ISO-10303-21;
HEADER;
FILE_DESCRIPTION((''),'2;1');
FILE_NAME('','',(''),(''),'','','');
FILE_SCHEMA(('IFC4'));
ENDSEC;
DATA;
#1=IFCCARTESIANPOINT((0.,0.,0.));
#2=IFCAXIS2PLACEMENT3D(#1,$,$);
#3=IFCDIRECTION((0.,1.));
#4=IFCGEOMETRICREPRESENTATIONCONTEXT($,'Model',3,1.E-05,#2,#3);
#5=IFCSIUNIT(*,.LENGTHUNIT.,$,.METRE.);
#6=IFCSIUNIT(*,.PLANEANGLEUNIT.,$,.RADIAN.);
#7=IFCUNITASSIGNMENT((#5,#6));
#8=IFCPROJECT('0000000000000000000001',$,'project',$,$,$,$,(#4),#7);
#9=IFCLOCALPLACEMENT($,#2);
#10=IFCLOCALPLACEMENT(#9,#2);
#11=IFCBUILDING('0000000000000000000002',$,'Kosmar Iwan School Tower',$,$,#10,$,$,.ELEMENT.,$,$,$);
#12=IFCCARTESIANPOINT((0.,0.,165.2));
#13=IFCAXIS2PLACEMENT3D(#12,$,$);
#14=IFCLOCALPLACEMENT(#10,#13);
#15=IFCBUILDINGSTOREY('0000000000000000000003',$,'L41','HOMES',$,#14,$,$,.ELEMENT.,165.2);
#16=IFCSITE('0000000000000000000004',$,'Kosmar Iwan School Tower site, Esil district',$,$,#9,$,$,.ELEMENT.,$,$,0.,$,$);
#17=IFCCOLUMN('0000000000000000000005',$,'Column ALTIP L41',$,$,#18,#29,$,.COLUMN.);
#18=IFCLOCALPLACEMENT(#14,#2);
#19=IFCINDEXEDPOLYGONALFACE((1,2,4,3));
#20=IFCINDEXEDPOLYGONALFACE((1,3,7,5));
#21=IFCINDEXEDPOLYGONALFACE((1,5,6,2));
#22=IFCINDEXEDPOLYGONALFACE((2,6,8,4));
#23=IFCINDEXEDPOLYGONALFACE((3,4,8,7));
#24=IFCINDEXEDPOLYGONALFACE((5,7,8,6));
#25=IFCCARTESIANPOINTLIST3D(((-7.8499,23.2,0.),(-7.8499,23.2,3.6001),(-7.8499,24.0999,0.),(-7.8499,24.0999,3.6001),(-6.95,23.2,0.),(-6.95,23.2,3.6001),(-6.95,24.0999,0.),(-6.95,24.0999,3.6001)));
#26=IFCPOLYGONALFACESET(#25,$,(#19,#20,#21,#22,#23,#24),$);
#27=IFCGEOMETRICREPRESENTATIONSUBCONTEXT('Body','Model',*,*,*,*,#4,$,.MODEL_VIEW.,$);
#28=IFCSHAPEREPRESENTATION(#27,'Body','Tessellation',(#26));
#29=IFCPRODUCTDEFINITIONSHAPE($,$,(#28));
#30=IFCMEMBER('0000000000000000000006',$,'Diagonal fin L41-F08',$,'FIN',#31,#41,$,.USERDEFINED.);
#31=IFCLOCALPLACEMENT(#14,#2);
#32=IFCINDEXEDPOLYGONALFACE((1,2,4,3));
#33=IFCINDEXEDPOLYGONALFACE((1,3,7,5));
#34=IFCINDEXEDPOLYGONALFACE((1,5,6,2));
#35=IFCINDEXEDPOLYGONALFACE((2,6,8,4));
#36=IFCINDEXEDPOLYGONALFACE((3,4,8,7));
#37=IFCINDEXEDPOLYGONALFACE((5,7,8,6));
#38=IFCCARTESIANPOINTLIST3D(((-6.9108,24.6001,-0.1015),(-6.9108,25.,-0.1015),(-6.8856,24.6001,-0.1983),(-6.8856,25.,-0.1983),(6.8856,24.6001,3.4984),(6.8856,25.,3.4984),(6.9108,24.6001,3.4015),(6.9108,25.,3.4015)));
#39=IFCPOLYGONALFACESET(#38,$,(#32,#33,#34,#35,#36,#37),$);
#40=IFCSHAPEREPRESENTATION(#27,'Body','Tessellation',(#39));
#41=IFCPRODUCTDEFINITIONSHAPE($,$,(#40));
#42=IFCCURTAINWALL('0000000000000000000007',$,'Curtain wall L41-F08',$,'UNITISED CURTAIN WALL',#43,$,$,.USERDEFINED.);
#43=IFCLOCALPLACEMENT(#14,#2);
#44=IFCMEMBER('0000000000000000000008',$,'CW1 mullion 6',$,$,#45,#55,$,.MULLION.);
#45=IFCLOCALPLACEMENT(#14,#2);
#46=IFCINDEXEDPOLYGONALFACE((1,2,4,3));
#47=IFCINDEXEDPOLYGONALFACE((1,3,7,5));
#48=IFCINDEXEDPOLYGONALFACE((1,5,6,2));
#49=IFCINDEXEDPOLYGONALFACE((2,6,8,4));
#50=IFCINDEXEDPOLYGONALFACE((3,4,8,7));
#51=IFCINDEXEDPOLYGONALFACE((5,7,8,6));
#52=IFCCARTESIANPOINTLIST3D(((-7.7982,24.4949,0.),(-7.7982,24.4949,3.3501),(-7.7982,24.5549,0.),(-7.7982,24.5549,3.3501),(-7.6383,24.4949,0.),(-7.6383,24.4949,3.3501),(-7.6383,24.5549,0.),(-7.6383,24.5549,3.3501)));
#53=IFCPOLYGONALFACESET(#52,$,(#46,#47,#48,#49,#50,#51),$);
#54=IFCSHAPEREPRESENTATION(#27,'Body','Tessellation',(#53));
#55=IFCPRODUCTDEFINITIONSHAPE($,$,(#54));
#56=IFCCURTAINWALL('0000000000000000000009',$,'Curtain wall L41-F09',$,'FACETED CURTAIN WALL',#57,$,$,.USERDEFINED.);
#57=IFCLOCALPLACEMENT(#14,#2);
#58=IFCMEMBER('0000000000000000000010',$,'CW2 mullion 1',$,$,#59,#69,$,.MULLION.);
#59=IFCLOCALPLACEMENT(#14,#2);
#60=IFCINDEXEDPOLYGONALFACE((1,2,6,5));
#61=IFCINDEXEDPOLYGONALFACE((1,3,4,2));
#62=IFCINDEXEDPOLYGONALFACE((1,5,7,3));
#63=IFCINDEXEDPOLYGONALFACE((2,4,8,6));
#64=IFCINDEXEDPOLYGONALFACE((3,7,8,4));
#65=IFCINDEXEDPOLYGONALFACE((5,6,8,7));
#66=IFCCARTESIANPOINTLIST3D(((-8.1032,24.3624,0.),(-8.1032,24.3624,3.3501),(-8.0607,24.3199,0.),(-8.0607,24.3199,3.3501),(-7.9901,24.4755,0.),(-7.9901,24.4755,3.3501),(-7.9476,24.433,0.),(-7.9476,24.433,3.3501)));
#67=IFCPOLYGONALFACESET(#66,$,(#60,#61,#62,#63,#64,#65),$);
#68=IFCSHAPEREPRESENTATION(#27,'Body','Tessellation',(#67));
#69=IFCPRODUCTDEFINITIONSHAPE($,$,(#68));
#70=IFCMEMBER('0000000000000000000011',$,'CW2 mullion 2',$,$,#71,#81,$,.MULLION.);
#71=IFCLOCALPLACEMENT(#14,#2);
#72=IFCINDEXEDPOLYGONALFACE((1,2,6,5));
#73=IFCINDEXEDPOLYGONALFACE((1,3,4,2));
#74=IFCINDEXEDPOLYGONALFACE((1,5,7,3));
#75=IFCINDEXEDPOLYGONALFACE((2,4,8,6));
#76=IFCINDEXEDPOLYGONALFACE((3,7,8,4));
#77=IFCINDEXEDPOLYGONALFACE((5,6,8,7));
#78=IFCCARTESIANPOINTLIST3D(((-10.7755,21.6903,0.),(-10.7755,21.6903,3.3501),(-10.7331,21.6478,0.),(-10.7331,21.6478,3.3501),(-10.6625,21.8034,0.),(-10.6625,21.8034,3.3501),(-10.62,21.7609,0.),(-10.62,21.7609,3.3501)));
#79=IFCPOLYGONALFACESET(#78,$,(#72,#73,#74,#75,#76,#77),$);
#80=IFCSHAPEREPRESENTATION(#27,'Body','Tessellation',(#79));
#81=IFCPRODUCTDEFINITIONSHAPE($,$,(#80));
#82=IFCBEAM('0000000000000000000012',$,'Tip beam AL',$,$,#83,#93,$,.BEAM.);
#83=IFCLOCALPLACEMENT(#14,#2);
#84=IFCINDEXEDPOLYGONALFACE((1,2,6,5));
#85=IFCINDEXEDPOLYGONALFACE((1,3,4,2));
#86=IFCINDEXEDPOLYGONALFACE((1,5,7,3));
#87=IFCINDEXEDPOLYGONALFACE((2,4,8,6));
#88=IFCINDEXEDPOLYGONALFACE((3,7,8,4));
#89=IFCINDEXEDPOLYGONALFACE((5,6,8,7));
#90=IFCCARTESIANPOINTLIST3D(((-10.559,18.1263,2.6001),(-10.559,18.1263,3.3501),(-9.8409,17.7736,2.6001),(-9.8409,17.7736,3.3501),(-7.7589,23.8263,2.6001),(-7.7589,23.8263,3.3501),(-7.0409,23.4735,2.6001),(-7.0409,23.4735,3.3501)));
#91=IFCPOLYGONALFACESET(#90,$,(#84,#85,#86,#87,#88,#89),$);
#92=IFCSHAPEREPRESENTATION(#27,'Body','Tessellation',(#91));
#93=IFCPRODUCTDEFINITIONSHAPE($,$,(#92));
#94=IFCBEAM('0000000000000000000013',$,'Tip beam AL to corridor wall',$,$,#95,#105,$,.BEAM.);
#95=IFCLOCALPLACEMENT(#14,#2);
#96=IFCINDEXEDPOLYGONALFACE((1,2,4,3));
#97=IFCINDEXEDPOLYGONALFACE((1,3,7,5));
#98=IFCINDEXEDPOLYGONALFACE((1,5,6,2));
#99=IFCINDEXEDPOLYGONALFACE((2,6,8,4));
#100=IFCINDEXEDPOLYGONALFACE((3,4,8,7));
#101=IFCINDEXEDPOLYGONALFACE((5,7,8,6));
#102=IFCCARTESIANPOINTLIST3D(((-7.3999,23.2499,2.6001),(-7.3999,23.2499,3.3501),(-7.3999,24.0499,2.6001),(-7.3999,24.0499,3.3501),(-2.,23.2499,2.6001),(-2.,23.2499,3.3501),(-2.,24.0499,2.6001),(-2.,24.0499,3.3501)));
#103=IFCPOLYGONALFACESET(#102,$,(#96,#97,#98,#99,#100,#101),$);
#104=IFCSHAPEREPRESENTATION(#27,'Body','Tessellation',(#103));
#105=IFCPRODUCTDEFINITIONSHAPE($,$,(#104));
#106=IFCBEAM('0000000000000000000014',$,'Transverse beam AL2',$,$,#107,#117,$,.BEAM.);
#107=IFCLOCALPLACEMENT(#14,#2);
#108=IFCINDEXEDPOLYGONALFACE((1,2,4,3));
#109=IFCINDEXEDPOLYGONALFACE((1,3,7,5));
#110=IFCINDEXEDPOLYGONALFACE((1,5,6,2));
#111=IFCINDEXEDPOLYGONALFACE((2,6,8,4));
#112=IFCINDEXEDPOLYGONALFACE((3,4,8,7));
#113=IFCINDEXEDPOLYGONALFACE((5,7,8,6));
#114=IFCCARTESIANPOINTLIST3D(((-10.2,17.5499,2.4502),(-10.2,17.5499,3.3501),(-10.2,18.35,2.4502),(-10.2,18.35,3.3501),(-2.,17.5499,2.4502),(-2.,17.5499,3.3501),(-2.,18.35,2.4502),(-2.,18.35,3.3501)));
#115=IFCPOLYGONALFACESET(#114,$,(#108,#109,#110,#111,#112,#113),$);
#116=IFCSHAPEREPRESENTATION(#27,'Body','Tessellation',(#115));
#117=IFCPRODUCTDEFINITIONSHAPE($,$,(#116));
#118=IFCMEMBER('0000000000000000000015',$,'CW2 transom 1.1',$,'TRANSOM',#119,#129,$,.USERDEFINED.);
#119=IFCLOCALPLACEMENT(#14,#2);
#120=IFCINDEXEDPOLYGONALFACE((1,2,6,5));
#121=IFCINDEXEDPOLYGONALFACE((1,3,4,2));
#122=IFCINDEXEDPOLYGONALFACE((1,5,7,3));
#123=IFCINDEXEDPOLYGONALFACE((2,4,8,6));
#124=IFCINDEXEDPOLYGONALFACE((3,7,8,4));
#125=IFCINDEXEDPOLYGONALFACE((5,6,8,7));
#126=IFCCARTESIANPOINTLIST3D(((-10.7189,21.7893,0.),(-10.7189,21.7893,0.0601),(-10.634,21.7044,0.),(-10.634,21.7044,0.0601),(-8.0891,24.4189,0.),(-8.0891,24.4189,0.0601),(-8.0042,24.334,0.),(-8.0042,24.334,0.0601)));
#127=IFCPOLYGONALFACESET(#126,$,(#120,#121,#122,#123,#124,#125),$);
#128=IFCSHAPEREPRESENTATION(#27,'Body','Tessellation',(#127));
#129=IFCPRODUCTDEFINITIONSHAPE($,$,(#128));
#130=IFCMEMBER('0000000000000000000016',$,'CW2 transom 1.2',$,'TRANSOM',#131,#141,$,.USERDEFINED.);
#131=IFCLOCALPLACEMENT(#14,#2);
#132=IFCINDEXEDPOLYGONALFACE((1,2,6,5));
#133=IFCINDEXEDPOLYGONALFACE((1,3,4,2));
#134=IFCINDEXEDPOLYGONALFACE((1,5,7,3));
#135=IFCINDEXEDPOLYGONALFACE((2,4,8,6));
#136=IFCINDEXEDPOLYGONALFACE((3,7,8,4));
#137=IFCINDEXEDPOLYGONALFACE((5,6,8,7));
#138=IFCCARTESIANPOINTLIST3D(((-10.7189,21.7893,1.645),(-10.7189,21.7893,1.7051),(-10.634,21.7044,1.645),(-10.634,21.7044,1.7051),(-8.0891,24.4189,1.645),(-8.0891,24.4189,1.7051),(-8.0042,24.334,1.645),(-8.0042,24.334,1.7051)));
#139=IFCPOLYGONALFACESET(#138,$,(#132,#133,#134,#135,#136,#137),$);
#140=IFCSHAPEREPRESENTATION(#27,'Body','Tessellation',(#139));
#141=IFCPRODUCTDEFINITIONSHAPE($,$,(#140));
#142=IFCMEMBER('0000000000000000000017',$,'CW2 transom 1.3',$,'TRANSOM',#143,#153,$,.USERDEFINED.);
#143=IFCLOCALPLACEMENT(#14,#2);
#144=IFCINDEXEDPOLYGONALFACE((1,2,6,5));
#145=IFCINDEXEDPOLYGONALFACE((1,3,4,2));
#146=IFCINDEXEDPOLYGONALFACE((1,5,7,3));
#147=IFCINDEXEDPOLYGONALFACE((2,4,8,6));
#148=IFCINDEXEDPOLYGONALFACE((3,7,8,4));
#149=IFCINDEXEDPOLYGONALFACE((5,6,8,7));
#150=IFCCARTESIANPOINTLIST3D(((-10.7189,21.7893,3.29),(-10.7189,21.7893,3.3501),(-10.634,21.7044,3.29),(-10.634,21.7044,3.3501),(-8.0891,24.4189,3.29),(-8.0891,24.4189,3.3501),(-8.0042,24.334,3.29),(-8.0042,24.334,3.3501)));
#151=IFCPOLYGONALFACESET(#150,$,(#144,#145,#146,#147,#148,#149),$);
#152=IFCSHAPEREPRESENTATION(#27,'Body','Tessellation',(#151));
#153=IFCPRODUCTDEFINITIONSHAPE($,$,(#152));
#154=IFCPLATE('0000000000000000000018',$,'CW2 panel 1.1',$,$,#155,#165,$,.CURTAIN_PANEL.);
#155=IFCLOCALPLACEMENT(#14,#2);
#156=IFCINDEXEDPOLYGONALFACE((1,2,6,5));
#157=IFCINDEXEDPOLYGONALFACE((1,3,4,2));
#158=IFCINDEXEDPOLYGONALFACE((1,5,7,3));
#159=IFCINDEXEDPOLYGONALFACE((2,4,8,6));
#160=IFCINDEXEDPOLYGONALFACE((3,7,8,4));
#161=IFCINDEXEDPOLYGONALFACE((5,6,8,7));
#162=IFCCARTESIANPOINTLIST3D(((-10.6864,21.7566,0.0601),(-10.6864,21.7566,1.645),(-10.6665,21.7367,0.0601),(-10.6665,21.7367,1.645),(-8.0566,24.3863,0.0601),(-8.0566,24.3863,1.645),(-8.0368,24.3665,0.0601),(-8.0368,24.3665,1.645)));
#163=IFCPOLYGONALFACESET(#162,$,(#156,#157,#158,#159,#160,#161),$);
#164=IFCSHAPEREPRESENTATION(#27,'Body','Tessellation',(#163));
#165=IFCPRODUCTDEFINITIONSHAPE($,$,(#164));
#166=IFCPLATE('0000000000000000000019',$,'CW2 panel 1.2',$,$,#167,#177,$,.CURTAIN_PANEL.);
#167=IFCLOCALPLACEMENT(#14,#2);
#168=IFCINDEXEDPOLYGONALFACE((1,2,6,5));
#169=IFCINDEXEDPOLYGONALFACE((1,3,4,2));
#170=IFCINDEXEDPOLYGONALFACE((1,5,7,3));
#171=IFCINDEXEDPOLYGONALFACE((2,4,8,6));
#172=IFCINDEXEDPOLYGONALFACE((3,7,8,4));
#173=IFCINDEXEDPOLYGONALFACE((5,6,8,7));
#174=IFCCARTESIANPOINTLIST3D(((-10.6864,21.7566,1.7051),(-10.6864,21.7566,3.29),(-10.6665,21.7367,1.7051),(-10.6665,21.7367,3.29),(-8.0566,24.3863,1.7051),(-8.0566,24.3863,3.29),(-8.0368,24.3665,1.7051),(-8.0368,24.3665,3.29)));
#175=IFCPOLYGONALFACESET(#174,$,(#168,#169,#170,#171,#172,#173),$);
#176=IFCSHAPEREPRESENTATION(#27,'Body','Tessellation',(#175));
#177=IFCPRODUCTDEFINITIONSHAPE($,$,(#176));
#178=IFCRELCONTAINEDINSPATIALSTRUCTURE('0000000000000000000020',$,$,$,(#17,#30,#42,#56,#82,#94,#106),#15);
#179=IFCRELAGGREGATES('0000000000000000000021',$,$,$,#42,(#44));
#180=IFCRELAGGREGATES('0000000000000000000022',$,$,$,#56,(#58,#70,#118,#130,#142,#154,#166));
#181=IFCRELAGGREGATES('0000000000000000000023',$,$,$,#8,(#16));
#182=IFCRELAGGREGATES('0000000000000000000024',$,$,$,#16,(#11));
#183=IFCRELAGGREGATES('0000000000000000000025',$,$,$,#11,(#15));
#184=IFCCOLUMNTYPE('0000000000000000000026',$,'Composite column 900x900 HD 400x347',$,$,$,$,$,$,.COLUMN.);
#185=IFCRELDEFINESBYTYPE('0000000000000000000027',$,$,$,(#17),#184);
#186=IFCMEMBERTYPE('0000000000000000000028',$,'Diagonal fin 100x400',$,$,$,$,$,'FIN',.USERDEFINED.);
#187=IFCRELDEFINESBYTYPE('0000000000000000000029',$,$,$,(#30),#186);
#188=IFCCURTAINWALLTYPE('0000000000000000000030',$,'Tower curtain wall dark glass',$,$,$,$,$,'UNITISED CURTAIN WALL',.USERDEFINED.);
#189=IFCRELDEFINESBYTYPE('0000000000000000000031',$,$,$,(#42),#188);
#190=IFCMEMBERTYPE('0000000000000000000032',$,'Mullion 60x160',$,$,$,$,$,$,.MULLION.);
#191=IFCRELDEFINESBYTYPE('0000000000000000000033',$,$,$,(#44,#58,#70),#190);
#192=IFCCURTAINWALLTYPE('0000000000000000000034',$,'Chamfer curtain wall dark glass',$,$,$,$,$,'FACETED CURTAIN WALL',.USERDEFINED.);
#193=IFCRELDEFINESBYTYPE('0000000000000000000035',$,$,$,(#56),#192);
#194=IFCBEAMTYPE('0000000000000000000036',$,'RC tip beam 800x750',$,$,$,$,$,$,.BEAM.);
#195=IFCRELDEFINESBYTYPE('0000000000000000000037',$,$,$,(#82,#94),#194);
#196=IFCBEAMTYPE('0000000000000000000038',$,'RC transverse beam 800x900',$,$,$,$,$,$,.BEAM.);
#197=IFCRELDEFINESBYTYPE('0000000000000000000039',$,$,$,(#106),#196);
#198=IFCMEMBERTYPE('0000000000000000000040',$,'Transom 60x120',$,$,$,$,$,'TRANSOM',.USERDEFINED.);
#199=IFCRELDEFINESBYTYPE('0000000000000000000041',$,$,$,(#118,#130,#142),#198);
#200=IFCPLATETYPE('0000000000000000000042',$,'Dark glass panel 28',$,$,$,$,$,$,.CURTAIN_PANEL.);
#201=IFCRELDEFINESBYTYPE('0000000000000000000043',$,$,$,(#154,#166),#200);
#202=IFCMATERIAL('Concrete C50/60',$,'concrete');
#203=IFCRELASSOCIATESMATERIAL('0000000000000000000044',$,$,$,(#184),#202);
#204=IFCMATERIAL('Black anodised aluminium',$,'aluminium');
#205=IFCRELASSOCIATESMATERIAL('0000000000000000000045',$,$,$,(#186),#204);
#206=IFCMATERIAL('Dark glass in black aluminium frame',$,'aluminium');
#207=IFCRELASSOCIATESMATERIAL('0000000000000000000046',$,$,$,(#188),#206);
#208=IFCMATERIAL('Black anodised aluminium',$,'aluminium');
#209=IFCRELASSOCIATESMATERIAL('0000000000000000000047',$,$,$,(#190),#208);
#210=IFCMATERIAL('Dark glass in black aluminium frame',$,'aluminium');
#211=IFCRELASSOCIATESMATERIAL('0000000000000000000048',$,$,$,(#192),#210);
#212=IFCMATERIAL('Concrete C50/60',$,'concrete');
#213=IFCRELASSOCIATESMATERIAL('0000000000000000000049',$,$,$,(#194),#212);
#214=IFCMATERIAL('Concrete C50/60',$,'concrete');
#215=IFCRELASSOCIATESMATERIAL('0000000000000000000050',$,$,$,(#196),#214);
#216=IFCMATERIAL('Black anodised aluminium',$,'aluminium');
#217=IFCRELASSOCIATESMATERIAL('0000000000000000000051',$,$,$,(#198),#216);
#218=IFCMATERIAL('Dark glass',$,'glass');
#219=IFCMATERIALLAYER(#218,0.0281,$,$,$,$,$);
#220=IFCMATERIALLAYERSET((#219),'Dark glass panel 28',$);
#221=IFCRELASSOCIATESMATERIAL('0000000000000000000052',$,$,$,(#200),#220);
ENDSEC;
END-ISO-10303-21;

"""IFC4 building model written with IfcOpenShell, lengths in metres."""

from ifc_helpers import new_model, si_unit, direction, frame, origin, origin_2d, place, context, subcontext, project, spatial, rectangle, extrude, material, layer, layer_set, material_profile, profile_set, type_object, element, aggregate, save


model = new_model("IFC4")

# Units and contexts
model_context = context("Model", 3, precision=1e-05, world=origin(), true_north=direction((0.0, 1.0)))
body_context = subcontext(model_context, "Body", "Model", "MODEL_VIEW")
ifc_project = project(units=[si_unit("LENGTHUNIT", "METRE"), si_unit("PLANEANGLEUNIT", "RADIAN")], contexts=[model_context])

# Site, building, storey
site_placement = place(None, origin())
site = spatial("IfcSite", under=ifc_project, at=site_placement, Name="Kosmar Iwan School Tower site, Esil district", CompositionType="ELEMENT", RefElevation=0.0)
building_placement = place(site_placement, origin())
building = spatial("IfcBuilding", under=site, at=building_placement, Name="Kosmar Iwan School Tower", CompositionType="ELEMENT")
storey_placement = place(building_placement, frame((0.0, 0.0, 165.2)))
storey = spatial("IfcBuildingStorey", under=building, at=storey_placement, Name="L41", Description="HOMES", CompositionType="ELEMENT", Elevation=165.2)

# Column
ifc_material_1 = material(Name="Concrete C50/60", Category="concrete")
ifc_material_profile_1 = material_profile(ifc_material_1, rectangle(XDim=0.8999, YDim=0.8999, at=origin_2d()), Name="RC 900x900 + HD 400x347")
ifc_profile_set_1 = profile_set([ifc_material_profile_1], Name="Concrete C50/60")
column_type = type_object("IfcColumnType", Name="Composite column 900x900 HD 400x347", PredefinedType="COLUMN", material=ifc_profile_set_1)
column_placement = place(storey_placement, frame((-7.3999, 23.6499, 0.0), z_axis=(0.0, 0.0, 1.0), x_axis=(0.0, 1.0, 0.0)))
element("IfcColumn", 1, at=column_placement, inside=storey, type_object=column_type, Name="Column ALTIP L41", PredefinedType="COLUMN", context=body_context, shape_type="SweptSolid", body=[
    extrude(rectangle(XDim=0.8999, YDim=0.8999, at=origin_2d()), origin(), (0.0, 0.0, 1.0), 3.6001),
])

# Member
ifc_material_2 = material(Name="Black anodised aluminium", Category="aluminium")
ifc_material_profile_2 = material_profile(ifc_material_2, rectangle(XDim=0.1001, YDim=0.3999, at=origin_2d()), Name="FIN 100x400")
ifc_profile_set_2 = profile_set([ifc_material_profile_2], Name="Black anodised aluminium")
member_type_1 = type_object("IfcMemberType", Name="Diagonal fin 100x400", ElementType="FIN", PredefinedType="USERDEFINED", material=ifc_profile_set_2)
member_1_placement = place(storey_placement, frame((-6.8982, 24.8, -0.1499), z_axis=(0.967604, 0.0, 0.252474), x_axis=(-0.252474, 0.0, 0.967604)))
element("IfcMember", 2, at=member_1_placement, inside=storey, type_object=member_type_1, Name="Diagonal fin L41-F08", ObjectType="FIN", PredefinedType="USERDEFINED", context=body_context, shape_type="SweptSolid", body=[
    extrude(rectangle(XDim=0.1001, YDim=0.3999, at=origin_2d()), origin(), (0.0, 0.0, 1.0), 14.2583),
])

# Curtain wall, member
ifc_material_3 = material(Name="Dark glass in black aluminium frame", Category="aluminium")
curtain_wall_type_1 = type_object("IfcCurtainWallType", Name="Tower curtain wall dark glass", ElementType="UNITISED CURTAIN WALL", PredefinedType="USERDEFINED", material=ifc_material_3)
curtain_wall_1_placement = place(storey_placement, origin())
curtain_wall_1 = element("IfcCurtainWall", 3, at=curtain_wall_1_placement, inside=storey, type_object=curtain_wall_type_1, Name="Curtain wall L41-F08", ObjectType="UNITISED CURTAIN WALL", PredefinedType="USERDEFINED")
ifc_material_4 = material(Name="Black anodised aluminium", Category="aluminium")
ifc_material_profile_3 = material_profile(ifc_material_4, rectangle(XDim=0.0601, YDim=0.1599, at=origin_2d()), Name="MULLION 60x160")
ifc_profile_set_3 = profile_set([ifc_material_profile_3], Name="Black anodised aluminium")
member_type_2 = type_object("IfcMemberType", Name="Mullion 60x160", PredefinedType="MULLION", material=ifc_profile_set_3)
member_2_placement = place(storey_placement, frame((-7.7183, 24.5249, 0.0), z_axis=(0.0, 0.0, 1.0), x_axis=(0.0, -1.0, 0.0)))
member_2 = element("IfcMember", 4, at=member_2_placement, type_object=member_type_2, Name="CW1 mullion 6", PredefinedType="MULLION", context=body_context, shape_type="SweptSolid", body=[
    extrude(rectangle(XDim=0.0601, YDim=0.1599, at=origin_2d()), origin(), (0.0, 0.0, 1.0), 3.3501),
])
aggregate(curtain_wall_1, [member_2])

# Curtain wall, members
ifc_material_5 = material(Name="Dark glass in black aluminium frame", Category="aluminium")
curtain_wall_type_2 = type_object("IfcCurtainWallType", Name="Chamfer curtain wall dark glass", ElementType="FACETED CURTAIN WALL", PredefinedType="USERDEFINED", material=ifc_material_5)
curtain_wall_2_placement = place(storey_placement, origin())
curtain_wall_2 = element("IfcCurtainWall", 5, at=curtain_wall_2_placement, inside=storey, type_object=curtain_wall_type_2, Name="Curtain wall L41-F09", ObjectType="FACETED CURTAIN WALL", PredefinedType="USERDEFINED")
member_3_placement = place(storey_placement, frame((-8.0254, 24.3977, 0.0), z_axis=(0.0, 0.0, 1.0), x_axis=(0.707107, -0.707107, 0.0)))
member_3 = element("IfcMember", 6, at=member_3_placement, type_object=member_type_2, Name="CW2 mullion 1", PredefinedType="MULLION", context=body_context, shape_type="SweptSolid", body=[
    extrude(rectangle(XDim=0.0601, YDim=0.1599, at=origin_2d()), origin(), (0.0, 0.0, 1.0), 3.3501),
])
member_4_placement = place(storey_placement, frame((-10.6978, 21.7256, 0.0), z_axis=(0.0, 0.0, 1.0), x_axis=(0.707107, -0.707107, 0.0)))
member_4 = element("IfcMember", 7, at=member_4_placement, type_object=member_type_2, Name="CW2 mullion 2", PredefinedType="MULLION", context=body_context, shape_type="SweptSolid", body=[
    extrude(rectangle(XDim=0.0601, YDim=0.1599, at=origin_2d()), origin(), (0.0, 0.0, 1.0), 3.3501),
])

# Beams
ifc_material_6 = material(Name="Concrete C50/60", Category="concrete")
ifc_material_profile_4 = material_profile(ifc_material_6, rectangle(XDim=0.8, YDim=0.75, at=origin_2d()), Name="RC 800x750")
ifc_profile_set_4 = profile_set([ifc_material_profile_4], Name="Concrete C50/60")
beam_type_1 = type_object("IfcBeamType", Name="RC tip beam 800x750", PredefinedType="BEAM", material=ifc_profile_set_4)
beam_1_placement = place(storey_placement, frame((-10.2, 17.95, 2.9751), z_axis=(0.440913, 0.89755, 0.0), x_axis=(-0.89755, 0.440913, 0.0)))
element("IfcBeam", 8, at=beam_1_placement, inside=storey, type_object=beam_type_1, Name="Tip beam AL", PredefinedType="BEAM", context=body_context, shape_type="SweptSolid", body=[
    extrude(rectangle(XDim=0.8, YDim=0.75, at=origin_2d()), origin(), (0.0, 0.0, 1.0), 6.3506),
])
beam_2_placement = place(storey_placement, frame((-7.3999, 23.6499, 2.9751), z_axis=(1.0, 0.0, 0.0), x_axis=(0.0, 1.0, 0.0)))
element("IfcBeam", 9, at=beam_2_placement, inside=storey, type_object=beam_type_1, Name="Tip beam AL to corridor wall", PredefinedType="BEAM", context=body_context, shape_type="SweptSolid", body=[
    extrude(rectangle(XDim=0.8, YDim=0.75, at=origin_2d()), origin(), (0.0, 0.0, 1.0), 5.3999),
])
ifc_material_7 = material(Name="Concrete C50/60", Category="concrete")
ifc_material_profile_5 = material_profile(ifc_material_7, rectangle(XDim=0.8, YDim=0.8999, at=origin_2d()), Name="RC 800x900")
ifc_profile_set_5 = profile_set([ifc_material_profile_5], Name="Concrete C50/60")
beam_type_2 = type_object("IfcBeamType", Name="RC transverse beam 800x900", PredefinedType="BEAM", material=ifc_profile_set_5)
beam_3_placement = place(storey_placement, frame((-10.2, 17.95, 2.9001), z_axis=(1.0, 0.0, 0.0), x_axis=(0.0, 1.0, 0.0)))
element("IfcBeam", 10, at=beam_3_placement, inside=storey, type_object=beam_type_2, Name="Transverse beam AL2", PredefinedType="BEAM", context=body_context, shape_type="SweptSolid", body=[
    extrude(rectangle(XDim=0.8, YDim=0.8999, at=origin_2d()), origin(), (0.0, 0.0, 1.0), 8.2),
])

# Members
ifc_material_8 = material(Name="Black anodised aluminium", Category="aluminium")
ifc_material_profile_6 = material_profile(ifc_material_8, rectangle(XDim=0.1201, YDim=0.0601, at=origin_2d()), Name="TRANSOM 60x120")
ifc_profile_set_6 = profile_set([ifc_material_profile_6], Name="Black anodised aluminium")
member_type_3 = type_object("IfcMemberType", Name="Transom 60x120", ElementType="TRANSOM", PredefinedType="USERDEFINED", material=ifc_profile_set_6)
member_5_placement = place(storey_placement, frame((-8.0466, 24.3765, 0.03), z_axis=(-0.70714, -0.707074, 0.0), x_axis=(0.707074, -0.70714, 0.0)))
member_5 = element("IfcMember", 11, at=member_5_placement, type_object=member_type_3, Name="CW2 transom 1.1", ObjectType="TRANSOM", PredefinedType="USERDEFINED", context=body_context, shape_type="SweptSolid", body=[
    extrude(rectangle(XDim=0.1201, YDim=0.0601, at=origin_2d()), origin(), (0.0, 0.0, 1.0), 3.719),
])
member_6_placement = place(storey_placement, frame((-8.0466, 24.3765, 1.675), z_axis=(-0.70714, -0.707074, 0.0), x_axis=(0.707074, -0.70714, 0.0)))
member_6 = element("IfcMember", 12, at=member_6_placement, type_object=member_type_3, Name="CW2 transom 1.2", ObjectType="TRANSOM", PredefinedType="USERDEFINED", context=body_context, shape_type="SweptSolid", body=[
    extrude(rectangle(XDim=0.1201, YDim=0.0601, at=origin_2d()), origin(), (0.0, 0.0, 1.0), 3.719),
])
member_7_placement = place(storey_placement, frame((-8.0466, 24.3765, 3.3201), z_axis=(-0.70714, -0.707074, 0.0), x_axis=(0.707074, -0.70714, 0.0)))
member_7 = element("IfcMember", 13, at=member_7_placement, type_object=member_type_3, Name="CW2 transom 1.3", ObjectType="TRANSOM", PredefinedType="USERDEFINED", context=body_context, shape_type="SweptSolid", body=[
    extrude(rectangle(XDim=0.1201, YDim=0.0601, at=origin_2d()), origin(), (0.0, 0.0, 1.0), 3.719),
])

# Plates
ifc_material_9 = material(Name="Dark glass", Category="glass")
ifc_layer = layer(ifc_material_9, 0.0281)
ifc_layer_set = layer_set([ifc_layer], Name="Dark glass panel 28")
plate_type = type_object("IfcPlateType", Name="Dark glass panel 28", PredefinedType="CURTAIN_PANEL", material=ifc_layer_set)
plate_1_placement = place(storey_placement, frame((-9.3616, 23.0615, 0.0601), z_axis=(0.0, 0.0, 1.0), x_axis=(-0.707107, -0.707107, 0.0)))
plate_1 = element("IfcPlate", 14, at=plate_1_placement, type_object=plate_type, Name="CW2 panel 1.1", PredefinedType="CURTAIN_PANEL", context=body_context, shape_type="SweptSolid", body=[
    extrude(rectangle(XDim=3.719, YDim=0.0281, at=origin_2d()), origin(), (0.0, 0.0, 1.0), 1.585),
])
plate_2_placement = place(storey_placement, frame((-9.3616, 23.0615, 1.7051), z_axis=(0.0, 0.0, 1.0), x_axis=(-0.707107, -0.707107, 0.0)))
plate_2 = element("IfcPlate", 15, at=plate_2_placement, type_object=plate_type, Name="CW2 panel 1.2", PredefinedType="CURTAIN_PANEL", context=body_context, shape_type="SweptSolid", body=[
    extrude(rectangle(XDim=3.719, YDim=0.0281, at=origin_2d()), origin(), (0.0, 0.0, 1.0), 1.585),
])
aggregate(curtain_wall_2, [member_3, member_4, member_5, member_6, member_7, plate_1, plate_2])

save(model, "model.ifc")
